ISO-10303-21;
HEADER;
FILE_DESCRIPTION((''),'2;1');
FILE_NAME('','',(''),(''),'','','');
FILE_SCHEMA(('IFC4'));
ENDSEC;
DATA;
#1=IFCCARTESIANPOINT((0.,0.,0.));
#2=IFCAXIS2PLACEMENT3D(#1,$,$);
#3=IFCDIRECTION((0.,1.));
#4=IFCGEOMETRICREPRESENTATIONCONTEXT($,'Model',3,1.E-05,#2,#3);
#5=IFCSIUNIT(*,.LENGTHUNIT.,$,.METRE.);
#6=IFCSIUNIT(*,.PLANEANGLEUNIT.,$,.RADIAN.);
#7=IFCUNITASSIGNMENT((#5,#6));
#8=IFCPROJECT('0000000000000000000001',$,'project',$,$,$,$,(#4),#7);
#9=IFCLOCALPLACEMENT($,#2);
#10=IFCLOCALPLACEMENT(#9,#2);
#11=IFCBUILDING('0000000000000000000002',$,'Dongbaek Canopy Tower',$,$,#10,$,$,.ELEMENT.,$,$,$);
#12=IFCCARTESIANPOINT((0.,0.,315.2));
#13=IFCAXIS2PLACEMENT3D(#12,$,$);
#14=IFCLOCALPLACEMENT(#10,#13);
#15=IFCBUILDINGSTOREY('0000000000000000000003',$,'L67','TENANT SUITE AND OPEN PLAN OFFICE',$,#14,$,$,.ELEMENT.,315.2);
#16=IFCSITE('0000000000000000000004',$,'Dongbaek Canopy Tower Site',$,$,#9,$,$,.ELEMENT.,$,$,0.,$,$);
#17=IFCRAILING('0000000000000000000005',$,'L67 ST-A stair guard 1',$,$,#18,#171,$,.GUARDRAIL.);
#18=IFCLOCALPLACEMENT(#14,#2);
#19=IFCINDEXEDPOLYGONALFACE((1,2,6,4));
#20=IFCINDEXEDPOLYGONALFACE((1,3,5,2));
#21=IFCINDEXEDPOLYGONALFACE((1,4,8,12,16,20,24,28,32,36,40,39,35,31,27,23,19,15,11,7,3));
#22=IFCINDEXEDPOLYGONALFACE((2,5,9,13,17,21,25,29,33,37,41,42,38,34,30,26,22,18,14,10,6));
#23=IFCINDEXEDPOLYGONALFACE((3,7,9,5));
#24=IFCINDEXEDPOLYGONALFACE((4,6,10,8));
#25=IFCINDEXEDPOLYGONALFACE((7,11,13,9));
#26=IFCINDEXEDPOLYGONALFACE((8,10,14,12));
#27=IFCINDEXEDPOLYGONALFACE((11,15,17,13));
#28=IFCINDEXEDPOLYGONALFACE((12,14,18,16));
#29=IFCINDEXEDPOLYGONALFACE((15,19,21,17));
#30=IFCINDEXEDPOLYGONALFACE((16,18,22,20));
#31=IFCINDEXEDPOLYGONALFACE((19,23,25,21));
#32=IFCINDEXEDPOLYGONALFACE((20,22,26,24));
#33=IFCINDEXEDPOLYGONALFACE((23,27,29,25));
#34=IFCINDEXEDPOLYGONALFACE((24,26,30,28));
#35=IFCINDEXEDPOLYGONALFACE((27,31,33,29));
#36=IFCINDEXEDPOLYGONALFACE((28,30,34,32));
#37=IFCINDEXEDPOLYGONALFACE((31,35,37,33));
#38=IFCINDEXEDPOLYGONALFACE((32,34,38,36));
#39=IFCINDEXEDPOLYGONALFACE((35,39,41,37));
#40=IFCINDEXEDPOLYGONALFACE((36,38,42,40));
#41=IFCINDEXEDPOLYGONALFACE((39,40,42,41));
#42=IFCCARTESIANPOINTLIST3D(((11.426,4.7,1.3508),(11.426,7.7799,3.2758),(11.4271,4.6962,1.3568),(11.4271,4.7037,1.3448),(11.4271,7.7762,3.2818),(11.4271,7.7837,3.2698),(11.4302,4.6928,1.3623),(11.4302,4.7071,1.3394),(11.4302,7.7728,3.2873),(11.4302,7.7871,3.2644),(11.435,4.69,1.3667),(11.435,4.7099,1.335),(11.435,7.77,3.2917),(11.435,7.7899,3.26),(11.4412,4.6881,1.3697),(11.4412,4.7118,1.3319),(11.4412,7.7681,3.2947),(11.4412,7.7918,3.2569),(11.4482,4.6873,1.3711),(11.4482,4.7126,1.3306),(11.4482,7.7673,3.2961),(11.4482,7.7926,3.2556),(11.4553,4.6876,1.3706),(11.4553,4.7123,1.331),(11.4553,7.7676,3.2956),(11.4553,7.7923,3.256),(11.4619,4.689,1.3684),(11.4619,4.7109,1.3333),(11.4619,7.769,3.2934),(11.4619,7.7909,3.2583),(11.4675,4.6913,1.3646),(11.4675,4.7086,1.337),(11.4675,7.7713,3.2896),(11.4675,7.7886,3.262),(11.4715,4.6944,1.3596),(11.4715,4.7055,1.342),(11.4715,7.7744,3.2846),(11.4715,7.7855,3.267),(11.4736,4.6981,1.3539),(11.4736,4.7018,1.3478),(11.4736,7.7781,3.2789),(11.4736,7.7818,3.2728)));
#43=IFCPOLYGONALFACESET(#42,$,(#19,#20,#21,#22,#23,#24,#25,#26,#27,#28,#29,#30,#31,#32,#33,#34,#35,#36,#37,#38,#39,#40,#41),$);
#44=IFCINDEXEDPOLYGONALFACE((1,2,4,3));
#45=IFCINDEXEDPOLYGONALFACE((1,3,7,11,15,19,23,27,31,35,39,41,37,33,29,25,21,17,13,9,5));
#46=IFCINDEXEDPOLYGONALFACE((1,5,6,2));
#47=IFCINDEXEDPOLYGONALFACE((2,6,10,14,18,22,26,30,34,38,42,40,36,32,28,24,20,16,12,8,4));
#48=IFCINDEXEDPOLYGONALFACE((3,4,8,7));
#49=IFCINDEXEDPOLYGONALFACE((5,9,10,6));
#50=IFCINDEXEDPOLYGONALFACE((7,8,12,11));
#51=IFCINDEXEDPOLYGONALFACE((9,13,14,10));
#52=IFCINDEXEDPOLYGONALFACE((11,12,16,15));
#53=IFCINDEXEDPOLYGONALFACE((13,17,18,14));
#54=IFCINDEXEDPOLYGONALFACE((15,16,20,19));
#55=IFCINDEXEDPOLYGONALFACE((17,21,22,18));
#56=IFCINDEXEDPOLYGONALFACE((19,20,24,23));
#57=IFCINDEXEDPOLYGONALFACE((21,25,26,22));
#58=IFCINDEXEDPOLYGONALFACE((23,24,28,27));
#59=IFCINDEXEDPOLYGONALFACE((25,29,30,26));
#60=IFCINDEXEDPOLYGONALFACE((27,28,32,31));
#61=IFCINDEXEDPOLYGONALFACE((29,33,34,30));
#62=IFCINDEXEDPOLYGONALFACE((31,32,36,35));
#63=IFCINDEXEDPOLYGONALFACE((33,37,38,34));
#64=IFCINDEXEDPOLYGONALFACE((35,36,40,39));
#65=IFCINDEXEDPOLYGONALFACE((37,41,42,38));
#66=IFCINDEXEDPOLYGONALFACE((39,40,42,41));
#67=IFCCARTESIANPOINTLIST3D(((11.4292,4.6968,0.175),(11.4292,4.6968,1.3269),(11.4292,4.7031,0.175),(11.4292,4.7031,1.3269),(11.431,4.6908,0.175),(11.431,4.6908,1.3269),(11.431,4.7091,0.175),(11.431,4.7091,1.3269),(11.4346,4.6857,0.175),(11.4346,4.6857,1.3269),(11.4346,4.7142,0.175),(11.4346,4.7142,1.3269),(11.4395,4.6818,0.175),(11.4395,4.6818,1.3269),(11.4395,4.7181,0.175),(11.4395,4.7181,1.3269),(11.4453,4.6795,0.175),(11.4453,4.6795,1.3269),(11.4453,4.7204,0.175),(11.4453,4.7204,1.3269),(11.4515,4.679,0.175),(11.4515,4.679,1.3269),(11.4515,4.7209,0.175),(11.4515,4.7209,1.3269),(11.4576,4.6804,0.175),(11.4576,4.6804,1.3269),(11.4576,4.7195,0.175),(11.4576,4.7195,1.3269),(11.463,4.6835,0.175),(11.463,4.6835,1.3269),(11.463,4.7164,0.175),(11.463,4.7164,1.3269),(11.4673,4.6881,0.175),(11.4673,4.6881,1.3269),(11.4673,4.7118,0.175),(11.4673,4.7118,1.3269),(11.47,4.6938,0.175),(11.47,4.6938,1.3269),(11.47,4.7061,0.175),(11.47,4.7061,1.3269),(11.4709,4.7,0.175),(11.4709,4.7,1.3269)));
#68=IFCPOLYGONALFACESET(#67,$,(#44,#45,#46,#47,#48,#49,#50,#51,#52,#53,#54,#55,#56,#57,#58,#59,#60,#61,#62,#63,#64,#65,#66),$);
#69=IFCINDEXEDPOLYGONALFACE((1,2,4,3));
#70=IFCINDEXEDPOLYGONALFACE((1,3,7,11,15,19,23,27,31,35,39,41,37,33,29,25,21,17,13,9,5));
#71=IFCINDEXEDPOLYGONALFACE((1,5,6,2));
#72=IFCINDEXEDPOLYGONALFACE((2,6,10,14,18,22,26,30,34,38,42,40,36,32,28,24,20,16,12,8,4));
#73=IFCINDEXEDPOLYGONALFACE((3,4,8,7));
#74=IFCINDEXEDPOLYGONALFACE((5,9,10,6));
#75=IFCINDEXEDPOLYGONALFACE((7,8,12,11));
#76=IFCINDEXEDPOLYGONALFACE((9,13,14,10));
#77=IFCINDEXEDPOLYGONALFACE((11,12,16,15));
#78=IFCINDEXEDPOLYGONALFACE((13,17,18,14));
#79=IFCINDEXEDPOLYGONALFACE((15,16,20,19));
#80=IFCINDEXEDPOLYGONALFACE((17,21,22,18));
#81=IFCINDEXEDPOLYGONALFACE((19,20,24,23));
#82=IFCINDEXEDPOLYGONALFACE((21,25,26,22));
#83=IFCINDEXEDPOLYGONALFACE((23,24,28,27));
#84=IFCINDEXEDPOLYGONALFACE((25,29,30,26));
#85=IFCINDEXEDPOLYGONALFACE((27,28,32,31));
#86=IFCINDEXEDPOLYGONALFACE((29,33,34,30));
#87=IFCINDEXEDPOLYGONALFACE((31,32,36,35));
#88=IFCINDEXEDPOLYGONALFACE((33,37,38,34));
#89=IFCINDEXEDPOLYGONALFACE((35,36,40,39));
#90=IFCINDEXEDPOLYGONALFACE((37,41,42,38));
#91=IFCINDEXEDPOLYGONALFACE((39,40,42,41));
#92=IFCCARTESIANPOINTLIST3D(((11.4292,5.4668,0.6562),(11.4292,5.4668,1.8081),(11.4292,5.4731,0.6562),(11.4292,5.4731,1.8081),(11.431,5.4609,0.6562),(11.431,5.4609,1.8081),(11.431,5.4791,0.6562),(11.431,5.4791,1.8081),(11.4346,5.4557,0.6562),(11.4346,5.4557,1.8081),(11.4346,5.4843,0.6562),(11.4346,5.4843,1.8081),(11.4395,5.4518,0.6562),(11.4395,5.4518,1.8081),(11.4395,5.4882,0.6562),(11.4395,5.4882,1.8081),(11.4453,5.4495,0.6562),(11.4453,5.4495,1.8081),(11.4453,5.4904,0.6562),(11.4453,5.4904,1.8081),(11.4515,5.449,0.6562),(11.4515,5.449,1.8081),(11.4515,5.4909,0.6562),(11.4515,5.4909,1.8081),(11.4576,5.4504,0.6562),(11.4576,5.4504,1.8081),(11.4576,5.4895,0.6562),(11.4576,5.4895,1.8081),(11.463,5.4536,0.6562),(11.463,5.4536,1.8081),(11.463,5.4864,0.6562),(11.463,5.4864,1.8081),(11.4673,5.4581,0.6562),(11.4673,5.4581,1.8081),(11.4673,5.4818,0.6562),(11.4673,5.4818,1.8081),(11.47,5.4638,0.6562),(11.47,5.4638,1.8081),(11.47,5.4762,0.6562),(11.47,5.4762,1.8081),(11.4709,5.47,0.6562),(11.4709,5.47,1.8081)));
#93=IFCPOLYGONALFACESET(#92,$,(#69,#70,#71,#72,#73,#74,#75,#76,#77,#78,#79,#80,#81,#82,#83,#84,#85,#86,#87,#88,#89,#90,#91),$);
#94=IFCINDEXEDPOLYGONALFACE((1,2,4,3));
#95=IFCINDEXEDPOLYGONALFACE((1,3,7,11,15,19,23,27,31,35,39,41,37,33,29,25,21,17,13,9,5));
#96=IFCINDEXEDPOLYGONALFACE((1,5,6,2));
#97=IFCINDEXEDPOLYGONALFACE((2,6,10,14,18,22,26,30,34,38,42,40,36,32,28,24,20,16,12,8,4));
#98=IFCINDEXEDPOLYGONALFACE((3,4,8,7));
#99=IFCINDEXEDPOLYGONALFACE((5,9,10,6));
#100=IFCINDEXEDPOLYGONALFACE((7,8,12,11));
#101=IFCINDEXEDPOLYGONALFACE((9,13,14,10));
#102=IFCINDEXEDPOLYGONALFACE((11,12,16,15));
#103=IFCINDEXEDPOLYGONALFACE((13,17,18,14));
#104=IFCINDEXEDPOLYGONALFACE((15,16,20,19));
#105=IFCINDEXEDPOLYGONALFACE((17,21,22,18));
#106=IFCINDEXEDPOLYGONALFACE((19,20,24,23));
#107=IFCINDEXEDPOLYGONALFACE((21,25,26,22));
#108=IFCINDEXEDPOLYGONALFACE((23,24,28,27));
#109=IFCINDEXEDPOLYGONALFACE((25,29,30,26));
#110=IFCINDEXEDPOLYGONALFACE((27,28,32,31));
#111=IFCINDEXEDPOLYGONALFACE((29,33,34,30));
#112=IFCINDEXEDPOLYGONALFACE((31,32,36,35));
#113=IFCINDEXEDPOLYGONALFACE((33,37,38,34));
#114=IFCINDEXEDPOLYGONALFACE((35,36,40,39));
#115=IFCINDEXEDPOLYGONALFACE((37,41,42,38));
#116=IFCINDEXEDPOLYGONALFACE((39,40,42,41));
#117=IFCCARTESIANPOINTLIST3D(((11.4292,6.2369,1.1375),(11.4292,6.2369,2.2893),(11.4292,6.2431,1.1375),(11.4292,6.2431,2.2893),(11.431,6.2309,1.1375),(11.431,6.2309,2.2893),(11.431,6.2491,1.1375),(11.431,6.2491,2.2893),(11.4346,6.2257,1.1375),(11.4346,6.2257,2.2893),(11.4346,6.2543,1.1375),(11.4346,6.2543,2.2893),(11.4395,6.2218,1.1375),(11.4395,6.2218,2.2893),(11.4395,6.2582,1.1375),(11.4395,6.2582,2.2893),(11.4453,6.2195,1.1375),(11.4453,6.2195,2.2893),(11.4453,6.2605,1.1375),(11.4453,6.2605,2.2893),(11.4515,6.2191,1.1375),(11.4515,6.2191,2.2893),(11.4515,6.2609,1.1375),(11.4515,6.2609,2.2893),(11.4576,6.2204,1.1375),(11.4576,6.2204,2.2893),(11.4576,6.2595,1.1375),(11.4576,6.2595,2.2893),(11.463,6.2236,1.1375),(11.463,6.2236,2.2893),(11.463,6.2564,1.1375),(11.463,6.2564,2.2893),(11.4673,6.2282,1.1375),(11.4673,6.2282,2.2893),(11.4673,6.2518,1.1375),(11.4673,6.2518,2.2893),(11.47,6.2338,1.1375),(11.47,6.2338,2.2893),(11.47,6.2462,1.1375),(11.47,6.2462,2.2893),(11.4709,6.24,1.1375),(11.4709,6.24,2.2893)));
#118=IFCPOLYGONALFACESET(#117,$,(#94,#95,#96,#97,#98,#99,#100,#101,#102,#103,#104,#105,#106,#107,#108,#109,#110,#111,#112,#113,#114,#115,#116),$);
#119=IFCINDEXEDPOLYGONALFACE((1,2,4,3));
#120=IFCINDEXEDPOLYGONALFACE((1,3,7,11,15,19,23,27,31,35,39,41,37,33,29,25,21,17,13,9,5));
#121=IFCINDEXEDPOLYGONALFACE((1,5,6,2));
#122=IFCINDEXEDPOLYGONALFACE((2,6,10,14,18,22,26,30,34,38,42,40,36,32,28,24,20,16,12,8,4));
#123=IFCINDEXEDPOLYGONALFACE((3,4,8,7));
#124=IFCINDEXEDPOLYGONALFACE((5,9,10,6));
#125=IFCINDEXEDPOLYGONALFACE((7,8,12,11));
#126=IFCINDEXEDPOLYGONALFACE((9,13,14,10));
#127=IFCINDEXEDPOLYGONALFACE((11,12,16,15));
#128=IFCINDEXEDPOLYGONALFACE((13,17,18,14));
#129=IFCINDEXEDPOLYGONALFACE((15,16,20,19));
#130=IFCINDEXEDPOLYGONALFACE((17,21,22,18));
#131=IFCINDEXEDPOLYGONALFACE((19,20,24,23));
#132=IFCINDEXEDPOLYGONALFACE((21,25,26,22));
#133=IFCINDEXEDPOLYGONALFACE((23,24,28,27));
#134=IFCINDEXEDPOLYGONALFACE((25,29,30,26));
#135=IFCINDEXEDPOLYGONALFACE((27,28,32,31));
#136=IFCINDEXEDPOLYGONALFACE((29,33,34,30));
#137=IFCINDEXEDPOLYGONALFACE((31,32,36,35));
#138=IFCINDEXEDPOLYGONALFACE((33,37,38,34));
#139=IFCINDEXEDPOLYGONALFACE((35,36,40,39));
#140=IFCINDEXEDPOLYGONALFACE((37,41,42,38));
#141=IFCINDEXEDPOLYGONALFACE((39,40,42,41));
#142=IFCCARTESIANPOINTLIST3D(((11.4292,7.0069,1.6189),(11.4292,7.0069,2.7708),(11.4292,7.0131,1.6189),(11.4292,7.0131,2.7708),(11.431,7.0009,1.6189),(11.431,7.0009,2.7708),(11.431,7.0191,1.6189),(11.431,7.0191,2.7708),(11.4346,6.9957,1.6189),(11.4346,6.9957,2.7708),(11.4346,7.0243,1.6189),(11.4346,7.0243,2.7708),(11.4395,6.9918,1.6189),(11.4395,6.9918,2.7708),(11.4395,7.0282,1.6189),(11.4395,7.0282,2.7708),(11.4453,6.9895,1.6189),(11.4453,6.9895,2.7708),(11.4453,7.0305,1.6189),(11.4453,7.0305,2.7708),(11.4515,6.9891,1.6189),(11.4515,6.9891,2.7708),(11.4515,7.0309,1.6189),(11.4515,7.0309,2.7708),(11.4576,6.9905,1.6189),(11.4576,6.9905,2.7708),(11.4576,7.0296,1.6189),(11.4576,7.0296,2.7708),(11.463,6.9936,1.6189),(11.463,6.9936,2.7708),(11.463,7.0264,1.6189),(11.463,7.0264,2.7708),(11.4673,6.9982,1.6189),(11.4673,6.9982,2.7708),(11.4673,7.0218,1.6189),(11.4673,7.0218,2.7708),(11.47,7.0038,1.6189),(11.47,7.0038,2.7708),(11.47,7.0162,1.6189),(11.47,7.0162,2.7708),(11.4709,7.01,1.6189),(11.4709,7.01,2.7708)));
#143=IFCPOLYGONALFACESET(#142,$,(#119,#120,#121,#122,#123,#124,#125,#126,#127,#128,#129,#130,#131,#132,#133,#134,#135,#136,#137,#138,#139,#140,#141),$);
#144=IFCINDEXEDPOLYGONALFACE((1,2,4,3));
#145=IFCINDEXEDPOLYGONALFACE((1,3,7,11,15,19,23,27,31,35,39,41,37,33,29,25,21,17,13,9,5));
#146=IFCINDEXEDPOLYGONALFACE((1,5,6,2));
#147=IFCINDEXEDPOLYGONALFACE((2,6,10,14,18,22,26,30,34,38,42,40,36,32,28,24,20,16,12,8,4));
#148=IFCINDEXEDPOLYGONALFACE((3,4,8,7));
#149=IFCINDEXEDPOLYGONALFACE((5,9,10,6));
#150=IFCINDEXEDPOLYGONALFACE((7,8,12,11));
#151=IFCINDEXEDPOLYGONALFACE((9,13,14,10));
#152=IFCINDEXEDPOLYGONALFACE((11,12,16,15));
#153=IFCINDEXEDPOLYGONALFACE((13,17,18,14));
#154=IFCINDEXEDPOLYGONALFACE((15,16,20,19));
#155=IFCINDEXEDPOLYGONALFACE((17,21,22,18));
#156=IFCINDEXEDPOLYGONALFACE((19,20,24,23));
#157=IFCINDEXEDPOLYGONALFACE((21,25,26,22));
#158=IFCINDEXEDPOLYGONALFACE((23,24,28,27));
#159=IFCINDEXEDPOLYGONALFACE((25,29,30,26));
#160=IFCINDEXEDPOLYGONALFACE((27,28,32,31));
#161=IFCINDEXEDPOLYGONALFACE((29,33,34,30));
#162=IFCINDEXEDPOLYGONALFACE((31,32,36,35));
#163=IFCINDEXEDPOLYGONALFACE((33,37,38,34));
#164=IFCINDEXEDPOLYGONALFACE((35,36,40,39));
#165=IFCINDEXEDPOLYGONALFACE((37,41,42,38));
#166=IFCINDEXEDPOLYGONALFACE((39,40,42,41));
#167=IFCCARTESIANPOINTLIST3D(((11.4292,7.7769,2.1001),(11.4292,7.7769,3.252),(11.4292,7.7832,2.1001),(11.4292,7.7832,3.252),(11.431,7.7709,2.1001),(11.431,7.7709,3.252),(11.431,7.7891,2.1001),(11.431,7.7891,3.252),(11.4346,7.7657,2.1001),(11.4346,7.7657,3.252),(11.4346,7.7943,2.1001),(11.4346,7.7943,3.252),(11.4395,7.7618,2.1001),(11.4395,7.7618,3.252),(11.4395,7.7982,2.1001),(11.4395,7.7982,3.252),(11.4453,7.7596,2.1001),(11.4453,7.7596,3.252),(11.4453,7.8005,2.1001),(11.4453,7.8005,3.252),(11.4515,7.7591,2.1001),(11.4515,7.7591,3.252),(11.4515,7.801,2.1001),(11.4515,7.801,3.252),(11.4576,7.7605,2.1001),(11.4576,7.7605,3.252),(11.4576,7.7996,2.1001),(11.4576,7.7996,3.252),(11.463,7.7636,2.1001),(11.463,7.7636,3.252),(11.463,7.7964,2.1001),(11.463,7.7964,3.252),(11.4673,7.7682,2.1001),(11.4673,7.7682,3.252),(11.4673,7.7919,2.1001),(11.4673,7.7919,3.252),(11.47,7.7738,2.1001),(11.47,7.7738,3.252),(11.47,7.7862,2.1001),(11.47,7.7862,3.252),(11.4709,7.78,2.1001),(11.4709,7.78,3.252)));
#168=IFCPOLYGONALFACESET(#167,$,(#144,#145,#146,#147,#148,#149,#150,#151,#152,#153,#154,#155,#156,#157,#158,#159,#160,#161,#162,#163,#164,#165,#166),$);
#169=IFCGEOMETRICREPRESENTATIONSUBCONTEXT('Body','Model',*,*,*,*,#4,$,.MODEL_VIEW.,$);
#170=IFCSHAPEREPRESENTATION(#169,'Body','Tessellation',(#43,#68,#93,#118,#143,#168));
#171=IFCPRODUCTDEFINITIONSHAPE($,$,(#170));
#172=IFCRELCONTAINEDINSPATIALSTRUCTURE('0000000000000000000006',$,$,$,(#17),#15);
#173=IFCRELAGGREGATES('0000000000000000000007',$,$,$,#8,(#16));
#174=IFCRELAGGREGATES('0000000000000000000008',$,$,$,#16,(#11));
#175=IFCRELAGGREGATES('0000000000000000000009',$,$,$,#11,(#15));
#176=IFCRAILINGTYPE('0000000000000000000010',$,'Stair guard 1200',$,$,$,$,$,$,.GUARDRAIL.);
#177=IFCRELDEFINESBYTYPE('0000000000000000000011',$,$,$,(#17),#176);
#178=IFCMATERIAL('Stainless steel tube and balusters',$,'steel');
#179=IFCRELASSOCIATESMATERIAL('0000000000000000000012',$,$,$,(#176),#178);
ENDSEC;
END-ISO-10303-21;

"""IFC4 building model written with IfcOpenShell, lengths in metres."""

from ifc_helpers import new_model, si_unit, direction, frame, origin, origin_2d, place, context, subcontext, project, spatial, circle, extrude, material, type_object, element, save


model = new_model("IFC4")

# Units and contexts
model_context = context("Model", 3, precision=1e-05, world=origin(), true_north=direction((0.0, 1.0)))
body_context = subcontext(model_context, "Body", "Model", "MODEL_VIEW")
ifc_project = project(units=[si_unit("LENGTHUNIT", "METRE"), si_unit("PLANEANGLEUNIT", "RADIAN")], contexts=[model_context])

# Site, building, storey
site_placement = place(None, origin())
site = spatial("IfcSite", under=ifc_project, at=site_placement, Name="Dongbaek Canopy Tower Site", CompositionType="ELEMENT", RefElevation=0.0)
building_placement = place(site_placement, origin())
building = spatial("IfcBuilding", under=site, at=building_placement, Name="Dongbaek Canopy Tower", CompositionType="ELEMENT")
storey_placement = place(building_placement, frame((0.0, 0.0, 315.2)))
storey = spatial("IfcBuildingStorey", under=building, at=storey_placement, Name="L67", Description="TENANT SUITE AND OPEN PLAN OFFICE", CompositionType="ELEMENT", Elevation=315.2)

# Railing
ifc_material_1 = material(Name="Stainless steel tube and balusters", Category="steel")
railing_type_1 = type_object("IfcRailingType", Name="Stair guard 1200", PredefinedType="GUARDRAIL", material=ifc_material_1)
railing_1_placement = place(storey_placement, frame((11.45, 4.7, 0.175)))
element("IfcRailing", 1, at=railing_1_placement, inside=storey, type_object=railing_type_1, Name="L67 ST-A stair guard 1", PredefinedType="GUARDRAIL", context=body_context, shape_type="SweptSolid", body=[
    extrude(circle(Radius=0.0239, at=origin_2d()), frame((0.0, 0.0, 1.1758), z_axis=(0.0, 0.847998, 0.529999), x_axis=(-1.0, 0.0, 0.0)), (0.0, 0.0, 1.0), 3.6321),
    extrude(circle(Radius=0.021, at=origin_2d()), origin(), (0.0, 0.0, 1.0), 1.1519),
    extrude(circle(Radius=0.021, at=origin_2d()), frame((0.0, 0.77, 0.4812)), (0.0, 0.0, 1.0), 1.1519),
    extrude(circle(Radius=0.021, at=origin_2d()), frame((0.0, 1.54, 0.9624)), (0.0, 0.0, 1.0), 1.1519),
    extrude(circle(Radius=0.021, at=origin_2d()), frame((0.0, 2.3101, 1.4438)), (0.0, 0.0, 1.0), 1.1519),
    extrude(circle(Radius=0.021, at=origin_2d()), frame((0.0, 3.0801, 1.925)), (0.0, 0.0, 1.0), 1.1519),
])

save(model, "model.ifc")
